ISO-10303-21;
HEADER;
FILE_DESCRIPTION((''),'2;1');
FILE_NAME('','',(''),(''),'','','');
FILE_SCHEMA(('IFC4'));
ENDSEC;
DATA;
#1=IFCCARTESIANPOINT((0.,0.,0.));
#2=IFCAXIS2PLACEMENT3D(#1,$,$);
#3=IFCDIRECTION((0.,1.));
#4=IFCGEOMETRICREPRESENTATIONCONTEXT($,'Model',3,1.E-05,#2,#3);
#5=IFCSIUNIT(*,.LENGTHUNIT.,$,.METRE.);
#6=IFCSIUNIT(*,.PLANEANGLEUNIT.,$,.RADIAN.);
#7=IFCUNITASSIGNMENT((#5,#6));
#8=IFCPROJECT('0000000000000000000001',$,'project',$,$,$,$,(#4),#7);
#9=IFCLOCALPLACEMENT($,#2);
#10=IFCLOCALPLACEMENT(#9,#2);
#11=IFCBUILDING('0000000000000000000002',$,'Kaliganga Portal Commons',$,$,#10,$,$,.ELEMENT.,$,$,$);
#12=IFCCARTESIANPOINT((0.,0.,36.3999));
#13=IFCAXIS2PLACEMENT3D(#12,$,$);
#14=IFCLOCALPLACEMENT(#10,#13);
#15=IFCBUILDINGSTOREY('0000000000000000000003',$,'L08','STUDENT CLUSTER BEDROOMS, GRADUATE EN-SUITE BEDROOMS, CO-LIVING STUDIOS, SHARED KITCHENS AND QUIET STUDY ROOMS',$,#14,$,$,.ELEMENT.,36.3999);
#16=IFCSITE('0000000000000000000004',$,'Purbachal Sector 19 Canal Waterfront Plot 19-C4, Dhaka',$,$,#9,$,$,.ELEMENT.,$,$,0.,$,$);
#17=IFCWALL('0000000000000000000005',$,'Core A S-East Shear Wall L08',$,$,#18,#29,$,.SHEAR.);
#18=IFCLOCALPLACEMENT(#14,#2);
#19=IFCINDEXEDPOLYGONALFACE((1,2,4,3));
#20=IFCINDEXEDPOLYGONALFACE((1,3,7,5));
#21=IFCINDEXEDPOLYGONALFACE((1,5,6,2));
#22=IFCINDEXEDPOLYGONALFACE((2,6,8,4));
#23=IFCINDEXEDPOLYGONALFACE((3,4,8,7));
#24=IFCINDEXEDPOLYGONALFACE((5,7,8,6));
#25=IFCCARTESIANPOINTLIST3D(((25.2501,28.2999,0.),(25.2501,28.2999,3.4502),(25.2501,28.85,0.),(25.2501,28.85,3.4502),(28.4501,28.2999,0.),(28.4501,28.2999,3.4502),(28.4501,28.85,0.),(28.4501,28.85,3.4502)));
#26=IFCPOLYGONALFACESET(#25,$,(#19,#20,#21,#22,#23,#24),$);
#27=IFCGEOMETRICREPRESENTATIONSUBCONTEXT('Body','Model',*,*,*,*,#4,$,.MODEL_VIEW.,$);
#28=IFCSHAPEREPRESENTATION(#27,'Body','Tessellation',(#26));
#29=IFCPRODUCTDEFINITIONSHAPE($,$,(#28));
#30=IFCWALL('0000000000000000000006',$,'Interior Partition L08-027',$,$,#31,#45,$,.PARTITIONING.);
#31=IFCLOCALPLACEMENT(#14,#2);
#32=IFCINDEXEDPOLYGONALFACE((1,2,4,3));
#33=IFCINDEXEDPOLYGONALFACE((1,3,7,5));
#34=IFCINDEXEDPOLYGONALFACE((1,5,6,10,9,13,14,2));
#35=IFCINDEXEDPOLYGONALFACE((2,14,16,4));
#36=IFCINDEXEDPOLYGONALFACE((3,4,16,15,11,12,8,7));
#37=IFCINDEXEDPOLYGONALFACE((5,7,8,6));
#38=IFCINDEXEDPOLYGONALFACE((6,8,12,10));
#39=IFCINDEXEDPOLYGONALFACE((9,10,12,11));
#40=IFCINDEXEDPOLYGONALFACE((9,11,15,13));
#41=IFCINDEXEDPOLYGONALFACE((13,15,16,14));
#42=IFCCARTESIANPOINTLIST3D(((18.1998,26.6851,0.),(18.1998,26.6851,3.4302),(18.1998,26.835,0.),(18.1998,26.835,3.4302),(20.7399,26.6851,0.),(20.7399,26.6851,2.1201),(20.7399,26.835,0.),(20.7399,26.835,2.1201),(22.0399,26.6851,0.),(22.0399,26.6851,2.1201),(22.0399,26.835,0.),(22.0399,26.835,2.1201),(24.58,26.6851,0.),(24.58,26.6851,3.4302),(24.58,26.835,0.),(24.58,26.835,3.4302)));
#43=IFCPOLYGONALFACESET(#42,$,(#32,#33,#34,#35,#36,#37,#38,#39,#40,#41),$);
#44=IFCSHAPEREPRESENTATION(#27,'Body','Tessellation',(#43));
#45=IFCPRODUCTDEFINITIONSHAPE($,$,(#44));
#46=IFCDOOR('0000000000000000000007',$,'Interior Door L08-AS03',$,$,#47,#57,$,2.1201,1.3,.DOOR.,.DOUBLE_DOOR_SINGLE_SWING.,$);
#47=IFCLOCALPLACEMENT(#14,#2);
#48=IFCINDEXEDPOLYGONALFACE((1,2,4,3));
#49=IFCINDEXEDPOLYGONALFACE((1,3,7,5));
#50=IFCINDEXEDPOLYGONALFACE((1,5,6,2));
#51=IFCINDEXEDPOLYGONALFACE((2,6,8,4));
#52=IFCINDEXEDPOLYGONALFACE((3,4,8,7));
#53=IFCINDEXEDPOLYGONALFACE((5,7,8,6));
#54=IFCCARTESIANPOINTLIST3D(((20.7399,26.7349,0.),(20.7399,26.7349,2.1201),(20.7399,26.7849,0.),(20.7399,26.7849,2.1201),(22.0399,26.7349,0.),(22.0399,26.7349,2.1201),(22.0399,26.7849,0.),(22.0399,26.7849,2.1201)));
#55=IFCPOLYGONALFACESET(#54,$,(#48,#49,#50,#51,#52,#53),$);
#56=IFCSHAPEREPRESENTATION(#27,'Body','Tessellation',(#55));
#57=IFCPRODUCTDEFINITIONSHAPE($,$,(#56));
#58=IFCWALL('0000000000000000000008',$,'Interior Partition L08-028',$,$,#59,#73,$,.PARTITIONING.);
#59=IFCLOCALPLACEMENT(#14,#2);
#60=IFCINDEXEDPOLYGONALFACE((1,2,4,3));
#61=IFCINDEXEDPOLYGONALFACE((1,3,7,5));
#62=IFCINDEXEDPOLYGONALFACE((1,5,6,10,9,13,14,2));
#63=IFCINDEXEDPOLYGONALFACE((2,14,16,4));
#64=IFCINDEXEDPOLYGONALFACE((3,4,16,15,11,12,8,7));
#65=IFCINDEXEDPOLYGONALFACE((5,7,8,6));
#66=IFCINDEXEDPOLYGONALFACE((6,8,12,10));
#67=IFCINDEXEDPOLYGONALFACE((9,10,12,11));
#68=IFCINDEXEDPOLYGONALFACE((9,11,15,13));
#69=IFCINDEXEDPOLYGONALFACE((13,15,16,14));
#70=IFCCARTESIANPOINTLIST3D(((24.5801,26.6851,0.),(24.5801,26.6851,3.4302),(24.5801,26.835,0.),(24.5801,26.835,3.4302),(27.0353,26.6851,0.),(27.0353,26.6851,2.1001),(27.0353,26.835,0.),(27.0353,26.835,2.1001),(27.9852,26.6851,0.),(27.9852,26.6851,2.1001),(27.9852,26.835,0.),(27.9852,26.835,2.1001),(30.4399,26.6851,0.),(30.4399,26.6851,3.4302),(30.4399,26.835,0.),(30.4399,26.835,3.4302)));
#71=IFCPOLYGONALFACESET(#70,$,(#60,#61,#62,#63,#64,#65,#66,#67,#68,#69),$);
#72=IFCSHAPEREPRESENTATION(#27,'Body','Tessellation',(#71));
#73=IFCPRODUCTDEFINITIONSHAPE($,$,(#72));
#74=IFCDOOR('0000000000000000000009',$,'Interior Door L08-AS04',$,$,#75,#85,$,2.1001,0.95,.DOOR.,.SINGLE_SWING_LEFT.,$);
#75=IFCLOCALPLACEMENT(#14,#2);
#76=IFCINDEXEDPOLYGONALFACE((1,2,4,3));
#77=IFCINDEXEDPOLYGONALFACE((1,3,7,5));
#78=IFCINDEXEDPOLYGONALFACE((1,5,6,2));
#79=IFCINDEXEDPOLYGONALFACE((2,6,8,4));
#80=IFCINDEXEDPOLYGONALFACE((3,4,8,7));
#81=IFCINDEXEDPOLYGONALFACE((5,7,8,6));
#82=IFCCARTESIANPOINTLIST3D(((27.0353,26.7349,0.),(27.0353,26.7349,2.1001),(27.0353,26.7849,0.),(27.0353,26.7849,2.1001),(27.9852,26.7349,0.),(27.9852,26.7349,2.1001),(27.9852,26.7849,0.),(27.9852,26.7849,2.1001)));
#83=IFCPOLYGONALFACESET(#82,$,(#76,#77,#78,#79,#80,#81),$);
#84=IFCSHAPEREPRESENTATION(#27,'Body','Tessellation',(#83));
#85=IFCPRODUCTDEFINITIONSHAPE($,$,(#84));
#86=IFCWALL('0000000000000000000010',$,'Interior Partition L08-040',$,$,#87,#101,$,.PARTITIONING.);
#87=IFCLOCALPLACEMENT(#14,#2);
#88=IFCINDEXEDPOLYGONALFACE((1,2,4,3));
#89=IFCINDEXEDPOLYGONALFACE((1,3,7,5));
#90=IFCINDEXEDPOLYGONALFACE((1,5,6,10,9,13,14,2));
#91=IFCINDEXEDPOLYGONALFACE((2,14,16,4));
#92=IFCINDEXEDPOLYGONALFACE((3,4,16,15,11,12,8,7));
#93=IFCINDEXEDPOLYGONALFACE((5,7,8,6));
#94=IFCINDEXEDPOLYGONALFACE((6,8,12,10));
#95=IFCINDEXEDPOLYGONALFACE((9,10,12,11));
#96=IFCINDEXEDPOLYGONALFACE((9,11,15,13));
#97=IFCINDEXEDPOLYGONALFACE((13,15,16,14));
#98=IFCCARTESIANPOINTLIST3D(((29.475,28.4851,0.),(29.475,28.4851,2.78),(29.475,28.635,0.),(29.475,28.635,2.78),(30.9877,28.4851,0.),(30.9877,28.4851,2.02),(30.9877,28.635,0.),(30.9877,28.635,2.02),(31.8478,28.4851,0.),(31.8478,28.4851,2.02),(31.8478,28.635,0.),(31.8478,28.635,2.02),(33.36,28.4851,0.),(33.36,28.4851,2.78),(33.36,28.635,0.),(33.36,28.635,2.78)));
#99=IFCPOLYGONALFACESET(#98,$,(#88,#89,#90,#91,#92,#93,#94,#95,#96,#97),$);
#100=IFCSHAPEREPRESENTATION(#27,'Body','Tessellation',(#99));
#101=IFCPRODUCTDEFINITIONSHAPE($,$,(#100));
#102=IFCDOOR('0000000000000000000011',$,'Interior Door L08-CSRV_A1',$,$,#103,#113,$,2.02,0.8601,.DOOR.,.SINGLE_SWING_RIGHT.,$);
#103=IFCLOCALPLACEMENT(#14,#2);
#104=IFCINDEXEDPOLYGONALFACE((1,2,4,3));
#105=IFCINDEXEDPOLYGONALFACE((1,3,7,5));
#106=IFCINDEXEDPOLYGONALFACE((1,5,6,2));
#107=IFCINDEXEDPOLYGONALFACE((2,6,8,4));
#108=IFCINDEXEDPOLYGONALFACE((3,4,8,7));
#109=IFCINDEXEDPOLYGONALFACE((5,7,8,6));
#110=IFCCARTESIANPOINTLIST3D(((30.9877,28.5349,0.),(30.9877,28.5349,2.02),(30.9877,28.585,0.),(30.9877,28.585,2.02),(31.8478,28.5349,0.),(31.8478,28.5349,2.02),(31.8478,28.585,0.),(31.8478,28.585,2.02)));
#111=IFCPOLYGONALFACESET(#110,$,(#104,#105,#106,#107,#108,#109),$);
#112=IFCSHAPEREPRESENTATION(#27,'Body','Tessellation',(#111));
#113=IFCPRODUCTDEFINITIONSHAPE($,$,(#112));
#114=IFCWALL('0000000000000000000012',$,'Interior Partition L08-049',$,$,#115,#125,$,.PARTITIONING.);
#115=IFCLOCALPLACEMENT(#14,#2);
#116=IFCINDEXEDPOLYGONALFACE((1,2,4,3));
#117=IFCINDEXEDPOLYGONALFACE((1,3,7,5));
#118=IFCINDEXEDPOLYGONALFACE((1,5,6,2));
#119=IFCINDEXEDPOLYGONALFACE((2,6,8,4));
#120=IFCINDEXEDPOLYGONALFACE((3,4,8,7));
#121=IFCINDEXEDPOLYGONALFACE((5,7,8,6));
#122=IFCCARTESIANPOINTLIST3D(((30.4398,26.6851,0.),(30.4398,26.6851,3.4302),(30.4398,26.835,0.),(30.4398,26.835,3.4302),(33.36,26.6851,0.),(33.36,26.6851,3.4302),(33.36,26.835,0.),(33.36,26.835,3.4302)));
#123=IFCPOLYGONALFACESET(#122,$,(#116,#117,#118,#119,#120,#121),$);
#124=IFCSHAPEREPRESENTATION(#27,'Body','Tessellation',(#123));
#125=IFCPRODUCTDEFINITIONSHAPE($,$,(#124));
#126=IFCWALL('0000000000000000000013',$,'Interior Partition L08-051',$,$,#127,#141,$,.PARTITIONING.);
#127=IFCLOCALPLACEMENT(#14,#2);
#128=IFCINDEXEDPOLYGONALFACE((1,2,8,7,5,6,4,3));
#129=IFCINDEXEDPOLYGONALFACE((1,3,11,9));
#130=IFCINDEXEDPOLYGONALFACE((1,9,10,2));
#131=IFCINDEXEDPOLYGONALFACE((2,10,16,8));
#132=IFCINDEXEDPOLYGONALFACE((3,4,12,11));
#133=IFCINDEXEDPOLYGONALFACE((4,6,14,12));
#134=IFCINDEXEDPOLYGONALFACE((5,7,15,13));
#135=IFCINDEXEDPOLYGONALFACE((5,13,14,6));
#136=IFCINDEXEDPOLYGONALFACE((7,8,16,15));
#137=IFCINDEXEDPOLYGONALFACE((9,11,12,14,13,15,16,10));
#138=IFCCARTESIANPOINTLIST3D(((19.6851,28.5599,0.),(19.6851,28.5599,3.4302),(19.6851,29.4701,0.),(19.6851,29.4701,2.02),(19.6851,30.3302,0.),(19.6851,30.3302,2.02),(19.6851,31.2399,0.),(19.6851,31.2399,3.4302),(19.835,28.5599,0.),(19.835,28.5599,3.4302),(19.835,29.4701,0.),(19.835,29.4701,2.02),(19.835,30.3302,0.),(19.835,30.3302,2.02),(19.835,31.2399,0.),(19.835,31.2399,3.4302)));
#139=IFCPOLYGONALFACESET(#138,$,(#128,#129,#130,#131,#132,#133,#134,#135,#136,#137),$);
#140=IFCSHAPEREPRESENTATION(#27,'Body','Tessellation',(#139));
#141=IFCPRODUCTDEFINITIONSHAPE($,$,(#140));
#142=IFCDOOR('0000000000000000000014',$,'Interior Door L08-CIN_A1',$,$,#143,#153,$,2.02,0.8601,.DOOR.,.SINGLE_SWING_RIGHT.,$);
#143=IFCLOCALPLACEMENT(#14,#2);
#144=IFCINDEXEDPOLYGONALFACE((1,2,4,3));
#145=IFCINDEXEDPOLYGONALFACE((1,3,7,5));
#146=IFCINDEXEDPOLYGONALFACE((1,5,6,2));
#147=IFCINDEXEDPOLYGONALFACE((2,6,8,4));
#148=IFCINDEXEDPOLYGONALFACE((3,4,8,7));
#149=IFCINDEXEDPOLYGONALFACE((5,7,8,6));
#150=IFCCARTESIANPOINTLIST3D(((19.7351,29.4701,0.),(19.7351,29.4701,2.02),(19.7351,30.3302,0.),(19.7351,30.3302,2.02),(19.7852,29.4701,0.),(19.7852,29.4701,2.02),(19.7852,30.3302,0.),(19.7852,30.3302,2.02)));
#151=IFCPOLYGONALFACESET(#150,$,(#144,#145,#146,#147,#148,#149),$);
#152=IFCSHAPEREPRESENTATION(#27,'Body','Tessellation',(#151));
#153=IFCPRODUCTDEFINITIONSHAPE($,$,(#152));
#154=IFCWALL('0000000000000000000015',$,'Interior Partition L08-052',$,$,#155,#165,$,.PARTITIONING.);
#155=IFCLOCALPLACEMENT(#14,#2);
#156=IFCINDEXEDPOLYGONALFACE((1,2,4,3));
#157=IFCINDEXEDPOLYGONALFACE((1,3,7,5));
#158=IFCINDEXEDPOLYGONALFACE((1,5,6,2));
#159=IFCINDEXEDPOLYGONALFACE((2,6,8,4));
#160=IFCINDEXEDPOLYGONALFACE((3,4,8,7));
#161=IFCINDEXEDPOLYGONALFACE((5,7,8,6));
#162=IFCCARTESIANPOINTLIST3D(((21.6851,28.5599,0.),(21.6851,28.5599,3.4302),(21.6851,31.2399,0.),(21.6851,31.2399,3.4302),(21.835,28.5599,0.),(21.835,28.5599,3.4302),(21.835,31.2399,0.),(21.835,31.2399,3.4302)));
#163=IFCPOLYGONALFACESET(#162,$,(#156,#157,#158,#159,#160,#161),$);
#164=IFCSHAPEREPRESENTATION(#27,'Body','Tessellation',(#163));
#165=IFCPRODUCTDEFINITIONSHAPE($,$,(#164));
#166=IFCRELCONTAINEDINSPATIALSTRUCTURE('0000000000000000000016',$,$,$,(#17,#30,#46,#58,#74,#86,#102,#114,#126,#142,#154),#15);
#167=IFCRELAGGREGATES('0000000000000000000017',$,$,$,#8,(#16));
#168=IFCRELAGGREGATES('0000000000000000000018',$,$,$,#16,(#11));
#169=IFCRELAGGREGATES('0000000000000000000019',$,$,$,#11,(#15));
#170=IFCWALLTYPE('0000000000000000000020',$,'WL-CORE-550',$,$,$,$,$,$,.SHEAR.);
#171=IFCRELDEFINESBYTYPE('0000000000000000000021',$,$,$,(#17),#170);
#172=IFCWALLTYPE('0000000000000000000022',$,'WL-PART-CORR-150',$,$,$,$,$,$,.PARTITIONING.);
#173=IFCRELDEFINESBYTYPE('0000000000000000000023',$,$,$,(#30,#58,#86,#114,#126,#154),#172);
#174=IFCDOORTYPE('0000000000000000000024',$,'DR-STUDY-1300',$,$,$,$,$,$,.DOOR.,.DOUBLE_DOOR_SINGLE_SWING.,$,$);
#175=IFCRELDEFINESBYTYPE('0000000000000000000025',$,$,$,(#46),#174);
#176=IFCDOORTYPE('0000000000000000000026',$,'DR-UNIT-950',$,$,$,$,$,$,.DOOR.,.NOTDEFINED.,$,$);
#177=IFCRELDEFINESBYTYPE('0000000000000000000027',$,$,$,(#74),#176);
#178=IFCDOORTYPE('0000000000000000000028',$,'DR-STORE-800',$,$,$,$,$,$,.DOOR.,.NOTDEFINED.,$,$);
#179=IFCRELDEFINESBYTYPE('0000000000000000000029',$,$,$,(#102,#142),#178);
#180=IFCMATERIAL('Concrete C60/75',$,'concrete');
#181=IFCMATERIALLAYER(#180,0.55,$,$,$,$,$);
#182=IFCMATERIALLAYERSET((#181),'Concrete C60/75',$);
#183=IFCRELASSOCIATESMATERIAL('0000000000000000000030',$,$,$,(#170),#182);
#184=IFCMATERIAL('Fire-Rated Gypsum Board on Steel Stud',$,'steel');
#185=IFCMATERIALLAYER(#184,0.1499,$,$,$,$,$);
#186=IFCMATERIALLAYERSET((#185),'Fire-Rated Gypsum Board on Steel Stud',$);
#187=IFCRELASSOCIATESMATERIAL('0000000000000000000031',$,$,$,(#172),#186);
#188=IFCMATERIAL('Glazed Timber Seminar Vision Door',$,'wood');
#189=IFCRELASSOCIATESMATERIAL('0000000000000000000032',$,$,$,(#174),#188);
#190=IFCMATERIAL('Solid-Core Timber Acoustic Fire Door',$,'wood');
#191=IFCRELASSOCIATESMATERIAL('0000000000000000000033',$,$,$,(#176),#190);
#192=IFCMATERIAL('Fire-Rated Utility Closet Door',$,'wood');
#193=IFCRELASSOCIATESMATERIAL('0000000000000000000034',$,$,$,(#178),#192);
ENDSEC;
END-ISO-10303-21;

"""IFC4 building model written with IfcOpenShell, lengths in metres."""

from ifc_helpers import new_model, si_unit, direction, frame, frame_2d, origin, place, context, subcontext, project, spatial, rectangle, extrude, material, layer, layer_set, type_object, element, fill, save


model = new_model("IFC4")

# Units and contexts
model_context = context("Model", 3, precision=1e-05, world=origin(), true_north=direction((0.0, 1.0)))
body_context = subcontext(model_context, "Body", "Model", "MODEL_VIEW")
ifc_project = project(units=[si_unit("LENGTHUNIT", "METRE"), si_unit("PLANEANGLEUNIT", "RADIAN")], contexts=[model_context])

# Site, building, storey
site_placement = place(None, origin())
site = spatial("IfcSite", under=ifc_project, at=site_placement, Name="Purbachal Sector 19 Canal Waterfront Plot 19-C4, Dhaka", CompositionType="ELEMENT", RefElevation=0.0)
building_placement = place(site_placement, origin())
building = spatial("IfcBuilding", under=site, at=building_placement, Name="Kaliganga Portal Commons", CompositionType="ELEMENT")
storey_placement = place(building_placement, frame((0.0, 0.0, 36.3999)))
storey = spatial("IfcBuildingStorey", under=building, at=storey_placement, Name="L08", Description="STUDENT CLUSTER BEDROOMS, GRADUATE EN-SUITE BEDROOMS, CO-LIVING STUDIOS, SHARED KITCHENS AND QUIET STUDY ROOMS", CompositionType="ELEMENT", Elevation=36.3999)

# Wall
ifc_material_1 = material(Name="Concrete C60/75", Category="concrete")
ifc_layer_1 = layer(ifc_material_1, 0.55)
ifc_layer_set_1 = layer_set([ifc_layer_1], Name="Concrete C60/75")
wall_type_1 = type_object("IfcWallType", Name="WL-CORE-550", PredefinedType="SHEAR", material=ifc_layer_set_1)
wall_1_placement = place(storey_placement, frame((25.25, 28.575, 0.0), z_axis=(0.0, 0.0, 1.0), x_axis=(1.0, 0.0, 0.0)))
element("IfcWall", 1, at=wall_1_placement, inside=storey, type_object=wall_type_1, Name="Core A S-East Shear Wall L08", PredefinedType="SHEAR", context=body_context, shape_type="SweptSolid", body=[
    extrude(rectangle(XDim=3.2, YDim=0.55, at=frame_2d((1.6001, 0.0))), origin(), (0.0, 0.0, 1.0), 3.4502),
])

# Walls, openings, doors
ifc_material_2 = material(Name="Fire-Rated Gypsum Board on Steel Stud", Category="steel")
ifc_layer_2 = layer(ifc_material_2, 0.1499)
ifc_layer_set_2 = layer_set([ifc_layer_2], Name="Fire-Rated Gypsum Board on Steel Stud")
wall_type_2 = type_object("IfcWallType", Name="WL-PART-CORR-150", PredefinedType="PARTITIONING", material=ifc_layer_set_2)
wall_2_placement = place(storey_placement, frame((18.2, 26.76, 0.0), z_axis=(0.0, 0.0, 1.0), x_axis=(1.0, 0.0, 0.0)))
wall_2 = element("IfcWall", 2, at=wall_2_placement, inside=storey, type_object=wall_type_2, Name="Interior Partition L08-027", PredefinedType="PARTITIONING", context=body_context, shape_type="SweptSolid", body=[
    extrude(rectangle(XDim=6.3801, YDim=0.1499, at=frame_2d((3.1899, 0.0))), origin(), (0.0, 0.0, 1.0), 3.4302),
])
opening_1_placement = place(wall_2_placement, frame((2.54, 0.0, 0.0)))
opening_1 = element("IfcOpeningElement", 3, at=opening_1_placement, cuts=wall_2, PredefinedType="OPENING", context=body_context, shape_type="SweptSolid", body=[
    extrude(rectangle(XDim=1.3, YDim=2.1201, at=frame_2d((0.6499, 1.0601))), frame((0.0, 0.085, 0.0), z_axis=(0.0, -1.0, 0.0), x_axis=(1.0, 0.0, 0.0)), (0.0, 0.0, 1.0), 0.1699),
])
ifc_material_3 = material(Name="Glazed Timber Seminar Vision Door", Category="wood")
door_type_1 = type_object("IfcDoorType", Name="DR-STUDY-1300", OperationType="DOUBLE_DOOR_SINGLE_SWING", PredefinedType="DOOR", material=ifc_material_3)
door_1_placement = place(opening_1_placement, origin())
door_1 = element("IfcDoor", 4, at=door_1_placement, inside=storey, type_object=door_type_1, Name="Interior Door L08-AS03", OperationType="DOUBLE_DOOR_SINGLE_SWING", OverallHeight=2.1201, OverallWidth=1.3, PredefinedType="DOOR", context=body_context, shape_type="SweptSolid", body=[
    extrude(rectangle(XDim=1.3, YDim=2.1201, at=frame_2d((0.6499, 1.0601))), frame((0.0, 0.0249, 0.0), z_axis=(0.0, -1.0, 0.0), x_axis=(1.0, 0.0, 0.0)), (0.0, 0.0, 1.0), 0.05),
])
fill(opening_1, door_1)
wall_3_placement = place(storey_placement, frame((24.5801, 26.76, 0.0), z_axis=(0.0, 0.0, 1.0), x_axis=(1.0, 0.0, 0.0)))
wall_3 = element("IfcWall", 5, at=wall_3_placement, inside=storey, type_object=wall_type_2, Name="Interior Partition L08-028", PredefinedType="PARTITIONING", context=body_context, shape_type="SweptSolid", body=[
    extrude(rectangle(XDim=5.8599, YDim=0.1499, at=frame_2d((2.9299, 0.0))), origin(), (0.0, 0.0, 1.0), 3.4302),
])
opening_2_placement = place(wall_3_placement, frame((2.4551, 0.0, 0.0)))
opening_2 = element("IfcOpeningElement", 6, at=opening_2_placement, cuts=wall_3, PredefinedType="OPENING", context=body_context, shape_type="SweptSolid", body=[
    extrude(rectangle(XDim=0.95, YDim=2.1001, at=frame_2d((0.4751, 1.05))), frame((0.0, 0.085, 0.0), z_axis=(0.0, -1.0, 0.0), x_axis=(1.0, 0.0, 0.0)), (0.0, 0.0, 1.0), 0.1699),
])
ifc_material_4 = material(Name="Solid-Core Timber Acoustic Fire Door", Category="wood")
door_type_2 = type_object("IfcDoorType", Name="DR-UNIT-950", OperationType="NOTDEFINED", PredefinedType="DOOR", material=ifc_material_4)
door_2_placement = place(opening_2_placement, origin())
door_2 = element("IfcDoor", 7, at=door_2_placement, inside=storey, type_object=door_type_2, Name="Interior Door L08-AS04", OperationType="SINGLE_SWING_LEFT", OverallHeight=2.1001, OverallWidth=0.95, PredefinedType="DOOR", context=body_context, shape_type="SweptSolid", body=[
    extrude(rectangle(XDim=0.95, YDim=2.1001, at=frame_2d((0.4751, 1.05))), frame((0.0, 0.0249, 0.0), z_axis=(0.0, -1.0, 0.0), x_axis=(1.0, 0.0, 0.0)), (0.0, 0.0, 1.0), 0.05),
])
fill(opening_2, door_2)
wall_4_placement = place(storey_placement, frame((29.4751, 28.5601, 0.0), z_axis=(0.0, 0.0, 1.0), x_axis=(1.0, 0.0, 0.0)))
wall_4 = element("IfcWall", 8, at=wall_4_placement, inside=storey, type_object=wall_type_2, Name="Interior Partition L08-040", PredefinedType="PARTITIONING", context=body_context, shape_type="SweptSolid", body=[
    extrude(rectangle(XDim=3.885, YDim=0.1499, at=frame_2d((1.9424, 0.0))), origin(), (0.0, 0.0, 1.0), 2.78),
])
opening_3_placement = place(wall_4_placement, frame((1.5125, 0.0, 0.0)))
opening_3 = element("IfcOpeningElement", 9, at=opening_3_placement, cuts=wall_4, PredefinedType="OPENING", context=body_context, shape_type="SweptSolid", body=[
    extrude(rectangle(XDim=0.8601, YDim=2.02, at=frame_2d((0.4302, 1.01))), frame((0.0, 0.085, 0.0), z_axis=(0.0, -1.0, 0.0), x_axis=(1.0, 0.0, 0.0)), (0.0, 0.0, 1.0), 0.1699),
])
ifc_material_5 = material(Name="Fire-Rated Utility Closet Door", Category="wood")
door_type_3 = type_object("IfcDoorType", Name="DR-STORE-800", OperationType="NOTDEFINED", PredefinedType="DOOR", material=ifc_material_5)
door_3_placement = place(opening_3_placement, origin())
door_3 = element("IfcDoor", 10, at=door_3_placement, inside=storey, type_object=door_type_3, Name="Interior Door L08-CSRV_A1", OperationType="SINGLE_SWING_RIGHT", OverallHeight=2.02, OverallWidth=0.8601, PredefinedType="DOOR", context=body_context, shape_type="SweptSolid", body=[
    extrude(rectangle(XDim=0.8601, YDim=2.02, at=frame_2d((0.4302, 1.01))), frame((0.0, 0.0249, 0.0), z_axis=(0.0, -1.0, 0.0), x_axis=(1.0, 0.0, 0.0)), (0.0, 0.0, 1.0), 0.05),
])
fill(opening_3, door_3)

# Wall
wall_5_placement = place(storey_placement, frame((30.4399, 26.76, 0.0), z_axis=(0.0, 0.0, 1.0), x_axis=(1.0, 0.0, 0.0)))
element("IfcWall", 11, at=wall_5_placement, inside=storey, type_object=wall_type_2, Name="Interior Partition L08-049", PredefinedType="PARTITIONING", context=body_context, shape_type="SweptSolid", body=[
    extrude(rectangle(XDim=2.9202, YDim=0.1499, at=frame_2d((1.46, 0.0))), origin(), (0.0, 0.0, 1.0), 3.4302),
])

# Wall, opening, door
wall_6_placement = place(storey_placement, frame((19.76, 28.5601, 0.0), z_axis=(0.0, 0.0, 1.0), x_axis=(0.0, 1.0, 0.0)))
wall_6 = element("IfcWall", 12, at=wall_6_placement, inside=storey, type_object=wall_type_2, Name="Interior Partition L08-051", PredefinedType="PARTITIONING", context=body_context, shape_type="SweptSolid", body=[
    extrude(rectangle(XDim=2.6799, YDim=0.1499, at=frame_2d((1.3398, 0.0))), origin(), (0.0, 0.0, 1.0), 3.4302),
])
opening_4_placement = place(wall_6_placement, frame((0.9099, 0.0, 0.0)))
opening_4 = element("IfcOpeningElement", 13, at=opening_4_placement, cuts=wall_6, PredefinedType="OPENING", context=body_context, shape_type="SweptSolid", body=[
    extrude(rectangle(XDim=0.8601, YDim=2.02, at=frame_2d((0.4302, 1.01))), frame((0.0, 0.085, 0.0), z_axis=(0.0, -1.0, 0.0), x_axis=(1.0, 0.0, 0.0)), (0.0, 0.0, 1.0), 0.1699),
])
door_4_placement = place(opening_4_placement, origin())
door_4 = element("IfcDoor", 14, at=door_4_placement, inside=storey, type_object=door_type_3, Name="Interior Door L08-CIN_A1", OperationType="SINGLE_SWING_RIGHT", OverallHeight=2.02, OverallWidth=0.8601, PredefinedType="DOOR", context=body_context, shape_type="SweptSolid", body=[
    extrude(rectangle(XDim=0.8601, YDim=2.02, at=frame_2d((0.4302, 1.01))), frame((0.0, 0.0249, 0.0), z_axis=(0.0, -1.0, 0.0), x_axis=(1.0, 0.0, 0.0)), (0.0, 0.0, 1.0), 0.05),
])
fill(opening_4, door_4)

# Wall
wall_7_placement = place(storey_placement, frame((21.76, 28.5601, 0.0), z_axis=(0.0, 0.0, 1.0), x_axis=(0.0, 1.0, 0.0)))
element("IfcWall", 15, at=wall_7_placement, inside=storey, type_object=wall_type_2, Name="Interior Partition L08-052", PredefinedType="PARTITIONING", context=body_context, shape_type="SweptSolid", body=[
    extrude(rectangle(XDim=2.6799, YDim=0.1499, at=frame_2d((1.3398, 0.0))), origin(), (0.0, 0.0, 1.0), 3.4302),
])

save(model, "model.ifc")
